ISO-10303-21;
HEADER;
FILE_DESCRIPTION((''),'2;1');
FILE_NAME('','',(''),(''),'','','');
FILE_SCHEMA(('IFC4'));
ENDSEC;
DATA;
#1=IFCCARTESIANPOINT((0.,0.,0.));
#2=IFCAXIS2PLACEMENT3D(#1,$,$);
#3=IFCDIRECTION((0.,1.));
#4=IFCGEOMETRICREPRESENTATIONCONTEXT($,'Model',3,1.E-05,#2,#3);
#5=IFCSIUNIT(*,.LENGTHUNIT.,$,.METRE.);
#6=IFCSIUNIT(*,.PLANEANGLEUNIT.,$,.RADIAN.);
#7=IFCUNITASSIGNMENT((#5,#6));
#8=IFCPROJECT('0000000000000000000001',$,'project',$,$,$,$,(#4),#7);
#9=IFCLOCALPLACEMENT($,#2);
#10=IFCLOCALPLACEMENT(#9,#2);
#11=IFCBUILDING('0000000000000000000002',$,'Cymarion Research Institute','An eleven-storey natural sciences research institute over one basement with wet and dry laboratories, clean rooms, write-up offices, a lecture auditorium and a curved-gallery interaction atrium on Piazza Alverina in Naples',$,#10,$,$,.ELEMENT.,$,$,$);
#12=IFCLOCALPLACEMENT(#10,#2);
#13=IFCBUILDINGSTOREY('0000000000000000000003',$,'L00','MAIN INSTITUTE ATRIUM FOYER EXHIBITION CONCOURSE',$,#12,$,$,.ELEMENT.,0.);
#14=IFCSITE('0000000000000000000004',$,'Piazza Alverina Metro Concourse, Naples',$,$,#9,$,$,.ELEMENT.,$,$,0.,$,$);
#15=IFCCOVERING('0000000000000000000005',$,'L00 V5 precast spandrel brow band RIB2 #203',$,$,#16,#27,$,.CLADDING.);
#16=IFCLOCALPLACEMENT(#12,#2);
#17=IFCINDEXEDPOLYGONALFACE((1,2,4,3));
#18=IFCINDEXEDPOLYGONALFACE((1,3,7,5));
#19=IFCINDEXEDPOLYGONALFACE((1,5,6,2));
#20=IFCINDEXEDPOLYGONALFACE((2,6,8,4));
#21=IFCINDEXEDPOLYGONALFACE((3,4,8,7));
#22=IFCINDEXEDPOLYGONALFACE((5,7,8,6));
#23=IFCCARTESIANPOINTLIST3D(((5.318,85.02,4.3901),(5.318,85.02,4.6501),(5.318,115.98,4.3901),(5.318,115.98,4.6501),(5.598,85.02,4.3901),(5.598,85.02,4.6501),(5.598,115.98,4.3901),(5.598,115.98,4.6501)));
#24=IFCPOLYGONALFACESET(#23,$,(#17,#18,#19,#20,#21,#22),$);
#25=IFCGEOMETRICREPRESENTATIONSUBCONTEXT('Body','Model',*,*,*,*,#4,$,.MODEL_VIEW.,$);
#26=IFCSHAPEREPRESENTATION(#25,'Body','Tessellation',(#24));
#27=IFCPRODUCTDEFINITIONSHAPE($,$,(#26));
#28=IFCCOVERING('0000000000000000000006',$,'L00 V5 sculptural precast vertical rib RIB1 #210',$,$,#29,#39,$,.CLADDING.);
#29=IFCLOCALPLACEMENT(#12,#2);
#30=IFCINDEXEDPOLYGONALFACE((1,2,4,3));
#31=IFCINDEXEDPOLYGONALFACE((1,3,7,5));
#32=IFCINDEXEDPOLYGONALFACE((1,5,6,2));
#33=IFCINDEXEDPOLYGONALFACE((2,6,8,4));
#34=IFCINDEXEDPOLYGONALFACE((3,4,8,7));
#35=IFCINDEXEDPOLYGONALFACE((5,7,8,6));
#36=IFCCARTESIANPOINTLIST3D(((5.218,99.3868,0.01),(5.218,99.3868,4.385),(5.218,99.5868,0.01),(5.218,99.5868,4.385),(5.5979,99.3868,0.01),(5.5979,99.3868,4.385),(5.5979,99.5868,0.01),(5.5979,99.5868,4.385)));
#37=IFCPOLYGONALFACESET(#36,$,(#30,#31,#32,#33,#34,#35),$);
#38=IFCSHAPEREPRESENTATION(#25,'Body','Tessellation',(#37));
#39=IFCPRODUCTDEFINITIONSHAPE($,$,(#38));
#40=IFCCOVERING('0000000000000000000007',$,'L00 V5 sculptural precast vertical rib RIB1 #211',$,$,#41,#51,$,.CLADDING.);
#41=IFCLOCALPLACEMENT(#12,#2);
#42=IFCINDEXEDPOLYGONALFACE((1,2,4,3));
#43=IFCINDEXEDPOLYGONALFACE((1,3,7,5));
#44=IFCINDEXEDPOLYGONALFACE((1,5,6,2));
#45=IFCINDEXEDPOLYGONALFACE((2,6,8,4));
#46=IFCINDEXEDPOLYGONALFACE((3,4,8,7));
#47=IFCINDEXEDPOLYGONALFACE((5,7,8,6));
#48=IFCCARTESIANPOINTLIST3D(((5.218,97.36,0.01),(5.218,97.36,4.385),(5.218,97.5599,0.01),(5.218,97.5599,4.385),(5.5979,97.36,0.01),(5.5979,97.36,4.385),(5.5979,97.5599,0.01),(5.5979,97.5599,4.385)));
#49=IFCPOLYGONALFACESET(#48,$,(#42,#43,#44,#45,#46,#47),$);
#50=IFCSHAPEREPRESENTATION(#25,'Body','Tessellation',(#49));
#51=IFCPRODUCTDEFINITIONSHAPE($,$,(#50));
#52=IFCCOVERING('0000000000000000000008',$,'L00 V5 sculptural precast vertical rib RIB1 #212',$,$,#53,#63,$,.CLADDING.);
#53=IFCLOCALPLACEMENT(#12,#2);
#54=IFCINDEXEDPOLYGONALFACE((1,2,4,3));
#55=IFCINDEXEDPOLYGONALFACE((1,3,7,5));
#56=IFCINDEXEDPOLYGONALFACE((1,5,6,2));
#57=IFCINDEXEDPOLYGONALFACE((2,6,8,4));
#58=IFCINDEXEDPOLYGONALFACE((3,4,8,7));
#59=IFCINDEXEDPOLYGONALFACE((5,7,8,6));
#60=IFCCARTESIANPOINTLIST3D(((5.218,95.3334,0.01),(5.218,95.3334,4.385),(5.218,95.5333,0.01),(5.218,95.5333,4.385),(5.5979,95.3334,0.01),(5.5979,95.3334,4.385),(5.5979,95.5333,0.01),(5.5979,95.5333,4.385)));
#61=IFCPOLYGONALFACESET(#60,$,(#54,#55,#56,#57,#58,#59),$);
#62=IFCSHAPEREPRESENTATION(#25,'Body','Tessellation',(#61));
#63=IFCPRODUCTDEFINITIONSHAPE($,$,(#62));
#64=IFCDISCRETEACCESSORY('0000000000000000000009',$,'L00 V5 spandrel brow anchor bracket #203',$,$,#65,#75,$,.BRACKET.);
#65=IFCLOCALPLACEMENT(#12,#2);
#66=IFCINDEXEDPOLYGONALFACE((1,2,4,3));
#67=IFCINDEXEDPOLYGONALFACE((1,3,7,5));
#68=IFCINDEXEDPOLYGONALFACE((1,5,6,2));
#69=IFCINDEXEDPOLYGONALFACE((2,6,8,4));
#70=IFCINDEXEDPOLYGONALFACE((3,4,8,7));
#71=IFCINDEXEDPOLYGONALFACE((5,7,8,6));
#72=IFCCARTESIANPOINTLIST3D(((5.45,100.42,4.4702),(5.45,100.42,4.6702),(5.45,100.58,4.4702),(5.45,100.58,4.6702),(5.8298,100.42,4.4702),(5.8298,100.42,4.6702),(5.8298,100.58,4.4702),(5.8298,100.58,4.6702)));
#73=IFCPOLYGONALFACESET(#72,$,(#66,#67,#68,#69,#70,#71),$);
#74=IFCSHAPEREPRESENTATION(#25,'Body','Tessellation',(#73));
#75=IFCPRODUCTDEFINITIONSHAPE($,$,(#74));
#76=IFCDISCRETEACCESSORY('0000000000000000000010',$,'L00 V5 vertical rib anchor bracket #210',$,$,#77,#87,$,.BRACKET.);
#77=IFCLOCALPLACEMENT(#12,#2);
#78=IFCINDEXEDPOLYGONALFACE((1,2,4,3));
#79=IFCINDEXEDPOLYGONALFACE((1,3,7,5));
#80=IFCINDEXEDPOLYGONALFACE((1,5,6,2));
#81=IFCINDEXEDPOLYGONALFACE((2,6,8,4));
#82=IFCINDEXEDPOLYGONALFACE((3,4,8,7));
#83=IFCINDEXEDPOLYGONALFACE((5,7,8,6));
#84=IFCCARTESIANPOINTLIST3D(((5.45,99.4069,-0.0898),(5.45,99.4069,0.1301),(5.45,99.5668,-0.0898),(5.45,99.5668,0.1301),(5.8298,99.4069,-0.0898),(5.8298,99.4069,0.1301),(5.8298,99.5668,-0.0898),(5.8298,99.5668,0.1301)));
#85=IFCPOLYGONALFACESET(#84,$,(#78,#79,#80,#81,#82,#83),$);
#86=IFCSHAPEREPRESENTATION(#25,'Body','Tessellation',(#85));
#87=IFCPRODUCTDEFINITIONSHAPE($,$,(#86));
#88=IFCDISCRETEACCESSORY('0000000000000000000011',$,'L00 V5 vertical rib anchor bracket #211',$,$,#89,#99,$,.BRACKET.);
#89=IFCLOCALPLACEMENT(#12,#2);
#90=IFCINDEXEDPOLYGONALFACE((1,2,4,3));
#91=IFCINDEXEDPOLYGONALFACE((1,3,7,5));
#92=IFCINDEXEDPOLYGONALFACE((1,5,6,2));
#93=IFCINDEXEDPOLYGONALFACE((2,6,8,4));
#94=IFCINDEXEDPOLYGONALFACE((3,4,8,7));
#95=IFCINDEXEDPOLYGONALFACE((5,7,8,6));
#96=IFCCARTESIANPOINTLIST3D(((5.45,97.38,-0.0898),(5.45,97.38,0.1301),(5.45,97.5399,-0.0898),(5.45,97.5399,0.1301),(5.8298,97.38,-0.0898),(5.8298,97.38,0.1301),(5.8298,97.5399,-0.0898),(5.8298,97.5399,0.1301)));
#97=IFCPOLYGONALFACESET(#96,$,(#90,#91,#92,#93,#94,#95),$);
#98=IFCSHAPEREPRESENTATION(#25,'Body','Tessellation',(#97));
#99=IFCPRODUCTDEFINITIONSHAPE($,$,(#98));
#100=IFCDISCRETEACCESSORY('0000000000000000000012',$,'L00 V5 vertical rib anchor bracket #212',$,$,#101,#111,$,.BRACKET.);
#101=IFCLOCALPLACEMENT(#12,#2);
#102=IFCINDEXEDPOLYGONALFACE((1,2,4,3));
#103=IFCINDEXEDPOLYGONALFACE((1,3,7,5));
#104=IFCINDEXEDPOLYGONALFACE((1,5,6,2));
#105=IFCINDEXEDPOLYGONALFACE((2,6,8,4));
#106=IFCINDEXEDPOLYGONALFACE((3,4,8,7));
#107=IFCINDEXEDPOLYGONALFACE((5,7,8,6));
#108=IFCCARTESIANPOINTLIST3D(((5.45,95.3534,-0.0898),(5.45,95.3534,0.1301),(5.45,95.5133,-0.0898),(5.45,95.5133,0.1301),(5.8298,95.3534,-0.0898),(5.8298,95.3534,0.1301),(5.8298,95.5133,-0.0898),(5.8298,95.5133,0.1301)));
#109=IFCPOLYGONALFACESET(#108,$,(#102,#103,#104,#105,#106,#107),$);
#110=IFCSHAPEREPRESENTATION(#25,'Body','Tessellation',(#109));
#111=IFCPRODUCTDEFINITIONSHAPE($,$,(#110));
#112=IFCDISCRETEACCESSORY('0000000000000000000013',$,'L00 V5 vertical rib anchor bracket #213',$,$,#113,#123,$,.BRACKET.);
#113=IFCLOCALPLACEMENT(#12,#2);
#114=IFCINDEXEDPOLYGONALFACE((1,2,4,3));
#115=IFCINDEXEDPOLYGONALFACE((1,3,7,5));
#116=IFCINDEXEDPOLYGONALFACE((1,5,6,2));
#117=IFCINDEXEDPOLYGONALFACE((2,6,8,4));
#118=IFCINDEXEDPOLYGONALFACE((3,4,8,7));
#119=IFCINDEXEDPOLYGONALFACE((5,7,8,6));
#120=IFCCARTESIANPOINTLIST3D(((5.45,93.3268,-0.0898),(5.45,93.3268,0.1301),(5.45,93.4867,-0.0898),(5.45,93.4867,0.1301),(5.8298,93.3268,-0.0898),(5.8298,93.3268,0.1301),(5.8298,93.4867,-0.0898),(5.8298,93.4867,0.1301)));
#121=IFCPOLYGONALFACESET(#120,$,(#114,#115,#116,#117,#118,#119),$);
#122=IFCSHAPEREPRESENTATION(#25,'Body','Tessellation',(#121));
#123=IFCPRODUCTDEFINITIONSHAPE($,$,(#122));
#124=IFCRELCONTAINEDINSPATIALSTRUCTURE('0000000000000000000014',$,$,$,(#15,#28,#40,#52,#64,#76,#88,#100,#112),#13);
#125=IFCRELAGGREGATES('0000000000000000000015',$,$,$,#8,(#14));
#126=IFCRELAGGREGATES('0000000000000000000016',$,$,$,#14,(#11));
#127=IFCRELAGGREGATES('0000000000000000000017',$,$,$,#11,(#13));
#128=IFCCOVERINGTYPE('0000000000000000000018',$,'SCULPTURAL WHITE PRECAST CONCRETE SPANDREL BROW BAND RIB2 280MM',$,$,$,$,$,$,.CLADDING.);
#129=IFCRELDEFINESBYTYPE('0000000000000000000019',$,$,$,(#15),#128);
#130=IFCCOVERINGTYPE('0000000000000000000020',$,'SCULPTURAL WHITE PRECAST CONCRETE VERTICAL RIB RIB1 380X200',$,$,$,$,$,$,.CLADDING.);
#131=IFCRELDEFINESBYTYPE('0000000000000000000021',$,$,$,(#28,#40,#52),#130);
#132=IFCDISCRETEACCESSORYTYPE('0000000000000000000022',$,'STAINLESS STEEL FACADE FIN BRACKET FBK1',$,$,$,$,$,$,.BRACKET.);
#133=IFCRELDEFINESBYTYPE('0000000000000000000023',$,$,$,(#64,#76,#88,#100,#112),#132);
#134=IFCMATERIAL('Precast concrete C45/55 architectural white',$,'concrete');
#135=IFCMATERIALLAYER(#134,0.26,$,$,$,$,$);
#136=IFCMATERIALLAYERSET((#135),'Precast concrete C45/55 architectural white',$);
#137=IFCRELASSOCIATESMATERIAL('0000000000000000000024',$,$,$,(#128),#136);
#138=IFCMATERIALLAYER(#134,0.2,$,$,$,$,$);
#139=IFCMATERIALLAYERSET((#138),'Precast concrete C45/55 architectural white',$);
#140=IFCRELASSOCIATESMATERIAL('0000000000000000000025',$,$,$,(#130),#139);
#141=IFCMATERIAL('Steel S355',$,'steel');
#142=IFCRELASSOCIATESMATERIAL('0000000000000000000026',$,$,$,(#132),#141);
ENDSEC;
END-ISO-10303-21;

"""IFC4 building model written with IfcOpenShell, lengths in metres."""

from ifc_helpers import new_model, si_unit, direction, frame, origin, origin_2d, place, context, subcontext, project, spatial, rectangle, extrude, material, layer, layer_set, type_object, element, save


model = new_model("IFC4")

# Units and contexts
model_context = context("Model", 3, precision=1e-05, world=origin(), true_north=direction((0.0, 1.0)))
body_context = subcontext(model_context, "Body", "Model", "MODEL_VIEW")
ifc_project = project(units=[si_unit("LENGTHUNIT", "METRE"), si_unit("PLANEANGLEUNIT", "RADIAN")], contexts=[model_context])

# Site, building, storey
site_placement = place(None, origin())
site = spatial("IfcSite", under=ifc_project, at=site_placement, Name="Piazza Alverina Metro Concourse, Naples", CompositionType="ELEMENT", RefElevation=0.0)
building_placement = place(site_placement, origin())
building = spatial("IfcBuilding", under=site, at=building_placement, Name="Cymarion Research Institute", Description="An eleven-storey natural sciences research institute over one basement with wet and dry laboratories, clean rooms, write-up offices, a lecture auditorium and a curved-gallery interaction atrium on Piazza Alverina in Naples", CompositionType="ELEMENT")
storey_placement = place(building_placement, origin())
storey = spatial("IfcBuildingStorey", under=building, at=storey_placement, Name="L00", Description="MAIN INSTITUTE ATRIUM FOYER EXHIBITION CONCOURSE", CompositionType="ELEMENT", Elevation=0.0)

# Shared definitions
ifc_material_1 = material(Name="Steel S355", Category="steel")

# Coverings
ifc_material_2 = material(Name="Precast concrete C45/55 architectural white", Category="concrete")
ifc_layer_1 = layer(ifc_material_2, 0.26)
ifc_layer_set_1 = layer_set([ifc_layer_1], Name="Precast concrete C45/55 architectural white")
covering_type_1 = type_object("IfcCoveringType", Name="SCULPTURAL WHITE PRECAST CONCRETE SPANDREL BROW BAND RIB2 280MM", PredefinedType="CLADDING", material=ifc_layer_set_1)
covering_placement = place(storey_placement, frame((5.458, 100.5, 4.3901), z_axis=(0.0, 0.0, 1.0), x_axis=(-1.0, 0.0, 0.0)))
element("IfcCovering", 1, at=covering_placement, inside=storey, type_object=covering_type_1, Name="L00 V5 precast spandrel brow band RIB2 #203", PredefinedType="CLADDING", context=body_context, shape_type="SweptSolid", body=[
    extrude(rectangle(XDim=0.28, YDim=30.96, at=origin_2d()), origin(), (0.0, 0.0, 1.0), 0.26),
])
ifc_layer_2 = layer(ifc_material_2, 0.2)
ifc_layer_set_2 = layer_set([ifc_layer_2], Name="Precast concrete C45/55 architectural white")
covering_type_2 = type_object("IfcCoveringType", Name="SCULPTURAL WHITE PRECAST CONCRETE VERTICAL RIB RIB1 380X200", PredefinedType="CLADDING", material=ifc_layer_set_2)
for number, where, z_axis, x_axis, name in (
    (2, (5.408, 99.4868, 0.01), (0.0, 0.0, 1.0), (-1.0, 0.0, 0.0), "L00 V5 sculptural precast vertical rib RIB1 #210"),
    (3, (5.408, 97.46, 0.01), (0.0, 0.0, 1.0), (-1.0, 0.0, 0.0), "L00 V5 sculptural precast vertical rib RIB1 #211"),
    (4, (5.408, 95.4333, 0.01), (0.0, 0.0, 1.0), (-1.0, 0.0, 0.0), "L00 V5 sculptural precast vertical rib RIB1 #212"),
):
    element("IfcCovering", number, at=place(storey_placement, frame(where, z_axis=z_axis, x_axis=x_axis)), inside=storey, type_object=covering_type_2, Name=name, PredefinedType="CLADDING", context=body_context, shape_type="SweptSolid", body=[
        extrude(rectangle(XDim=0.3799, YDim=0.2, at=origin_2d()), origin(), (0.0, 0.0, 1.0), 4.375),
    ])

# Discrete accessories
discrete_accessory_type = type_object("IfcDiscreteAccessoryType", Name="STAINLESS STEEL FACADE FIN BRACKET FBK1", PredefinedType="BRACKET", material=ifc_material_1)
discrete_accessory_placement = place(storey_placement, frame((5.6399, 100.5, 4.4702), z_axis=(0.0, 0.0, 1.0), x_axis=(-1.0, 0.0, 0.0)))
element("IfcDiscreteAccessory", 5, at=discrete_accessory_placement, inside=storey, type_object=discrete_accessory_type, Name="L00 V5 spandrel brow anchor bracket #203", PredefinedType="BRACKET", context=body_context, shape_type="SweptSolid", body=[
    extrude(rectangle(XDim=0.3799, YDim=0.1599, at=origin_2d()), origin(), (0.0, 0.0, 1.0), 0.2),
])
for number, where, z_axis, x_axis, name in (
    (6, (5.6399, 99.4868, -0.0898), (0.0, 0.0, 1.0), (-1.0, 0.0, 0.0), "L00 V5 vertical rib anchor bracket #210"),
    (7, (5.6399, 97.46, -0.0898), (0.0, 0.0, 1.0), (-1.0, 0.0, 0.0), "L00 V5 vertical rib anchor bracket #211"),
    (8, (5.6399, 95.4333, -0.0898), (0.0, 0.0, 1.0), (-1.0, 0.0, 0.0), "L00 V5 vertical rib anchor bracket #212"),
    (9, (5.6399, 93.4067, -0.0898), (0.0, 0.0, 1.0), (-1.0, 0.0, 0.0), "L00 V5 vertical rib anchor bracket #213"),
):
    element("IfcDiscreteAccessory", number, at=place(storey_placement, frame(where, z_axis=z_axis, x_axis=x_axis)), inside=storey, type_object=discrete_accessory_type, Name=name, PredefinedType="BRACKET", context=body_context, shape_type="SweptSolid", body=[
        extrude(rectangle(XDim=0.3799, YDim=0.1599, at=origin_2d()), origin(), (0.0, 0.0, 1.0), 0.22),
    ])

save(model, "model.ifc")
